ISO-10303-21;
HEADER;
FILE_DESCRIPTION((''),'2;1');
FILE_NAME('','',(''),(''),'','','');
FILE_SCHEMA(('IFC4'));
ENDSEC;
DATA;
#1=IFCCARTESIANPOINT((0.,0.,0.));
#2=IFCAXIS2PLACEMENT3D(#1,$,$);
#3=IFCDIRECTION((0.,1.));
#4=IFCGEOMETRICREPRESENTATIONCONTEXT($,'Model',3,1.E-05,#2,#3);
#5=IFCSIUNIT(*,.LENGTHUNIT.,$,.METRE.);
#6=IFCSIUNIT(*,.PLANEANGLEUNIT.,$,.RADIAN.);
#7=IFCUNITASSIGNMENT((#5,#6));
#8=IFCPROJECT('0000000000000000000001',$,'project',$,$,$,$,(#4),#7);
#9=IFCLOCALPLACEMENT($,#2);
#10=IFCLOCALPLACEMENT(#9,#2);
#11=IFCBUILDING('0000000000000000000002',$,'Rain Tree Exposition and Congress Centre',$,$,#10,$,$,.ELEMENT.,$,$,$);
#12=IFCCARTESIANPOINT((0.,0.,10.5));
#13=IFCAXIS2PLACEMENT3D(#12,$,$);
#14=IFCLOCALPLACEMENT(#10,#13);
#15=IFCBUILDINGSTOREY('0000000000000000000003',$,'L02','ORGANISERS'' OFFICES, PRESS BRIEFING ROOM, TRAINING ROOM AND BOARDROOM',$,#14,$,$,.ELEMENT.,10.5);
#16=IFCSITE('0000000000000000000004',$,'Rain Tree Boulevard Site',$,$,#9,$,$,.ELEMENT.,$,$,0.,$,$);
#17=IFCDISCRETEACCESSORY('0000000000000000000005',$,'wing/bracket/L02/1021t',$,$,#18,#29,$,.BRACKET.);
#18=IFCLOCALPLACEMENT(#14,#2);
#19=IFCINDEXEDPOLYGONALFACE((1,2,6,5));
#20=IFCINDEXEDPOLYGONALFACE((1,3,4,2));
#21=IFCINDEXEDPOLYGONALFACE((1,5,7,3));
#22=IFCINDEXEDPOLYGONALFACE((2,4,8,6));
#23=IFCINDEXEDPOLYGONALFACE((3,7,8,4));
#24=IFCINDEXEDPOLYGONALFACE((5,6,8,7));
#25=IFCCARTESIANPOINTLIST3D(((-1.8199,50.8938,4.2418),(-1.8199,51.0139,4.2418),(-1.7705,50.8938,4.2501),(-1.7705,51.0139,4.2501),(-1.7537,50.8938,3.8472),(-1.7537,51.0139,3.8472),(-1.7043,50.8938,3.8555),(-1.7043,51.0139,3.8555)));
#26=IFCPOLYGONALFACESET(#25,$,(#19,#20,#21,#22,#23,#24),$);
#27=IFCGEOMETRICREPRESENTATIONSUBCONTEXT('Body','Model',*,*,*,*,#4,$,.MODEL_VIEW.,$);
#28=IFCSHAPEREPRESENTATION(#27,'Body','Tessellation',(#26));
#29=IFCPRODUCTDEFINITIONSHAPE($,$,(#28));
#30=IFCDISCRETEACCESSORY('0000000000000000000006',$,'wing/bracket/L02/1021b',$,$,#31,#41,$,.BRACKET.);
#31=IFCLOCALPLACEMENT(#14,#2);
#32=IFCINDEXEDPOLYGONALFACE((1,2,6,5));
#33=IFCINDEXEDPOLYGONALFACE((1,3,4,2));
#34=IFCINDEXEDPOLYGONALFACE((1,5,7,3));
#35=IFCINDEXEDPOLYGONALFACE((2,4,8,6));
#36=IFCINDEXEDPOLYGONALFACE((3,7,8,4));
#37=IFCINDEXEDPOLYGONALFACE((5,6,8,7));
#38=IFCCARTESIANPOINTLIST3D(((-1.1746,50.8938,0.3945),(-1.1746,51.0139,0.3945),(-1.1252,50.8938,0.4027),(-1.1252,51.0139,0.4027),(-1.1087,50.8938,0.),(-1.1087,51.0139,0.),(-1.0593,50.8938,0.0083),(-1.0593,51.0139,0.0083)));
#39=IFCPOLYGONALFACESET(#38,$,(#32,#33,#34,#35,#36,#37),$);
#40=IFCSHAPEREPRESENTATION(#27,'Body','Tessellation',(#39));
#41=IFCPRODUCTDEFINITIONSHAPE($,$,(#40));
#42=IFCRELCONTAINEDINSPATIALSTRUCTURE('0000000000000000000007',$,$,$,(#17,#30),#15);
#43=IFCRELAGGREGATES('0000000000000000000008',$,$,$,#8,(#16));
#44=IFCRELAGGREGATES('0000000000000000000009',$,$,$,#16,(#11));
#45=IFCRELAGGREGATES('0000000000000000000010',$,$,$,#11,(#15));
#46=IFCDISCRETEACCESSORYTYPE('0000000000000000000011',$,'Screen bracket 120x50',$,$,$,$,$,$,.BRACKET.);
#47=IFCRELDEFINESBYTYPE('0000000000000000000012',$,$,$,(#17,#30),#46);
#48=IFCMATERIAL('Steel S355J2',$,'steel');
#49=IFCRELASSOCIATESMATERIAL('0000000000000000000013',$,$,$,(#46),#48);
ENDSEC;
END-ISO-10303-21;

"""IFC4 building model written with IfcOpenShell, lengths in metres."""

from ifc_helpers import new_model, si_unit, direction, frame, origin, origin_2d, place, context, subcontext, project, spatial, rectangle, extrude, material, material_profile, profile_set, type_object, element, save


model = new_model("IFC4")

# Units and contexts
model_context = context("Model", 3, precision=1e-05, world=origin(), true_north=direction((0.0, 1.0)))
body_context = subcontext(model_context, "Body", "Model", "MODEL_VIEW")
ifc_project = project(units=[si_unit("LENGTHUNIT", "METRE"), si_unit("PLANEANGLEUNIT", "RADIAN")], contexts=[model_context])

# Site, building, storey
site_placement = place(None, origin())
site = spatial("IfcSite", under=ifc_project, at=site_placement, Name="Rain Tree Boulevard Site", CompositionType="ELEMENT", RefElevation=0.0)
building_placement = place(site_placement, origin())
building = spatial("IfcBuilding", under=site, at=building_placement, Name="Rain Tree Exposition and Congress Centre", CompositionType="ELEMENT")
storey_placement = place(building_placement, frame((0.0, 0.0, 10.5)))
storey = spatial("IfcBuildingStorey", under=building, at=storey_placement, Name="L02", Description="ORGANISERS' OFFICES, PRESS BRIEFING ROOM, TRAINING ROOM AND BOARDROOM", CompositionType="ELEMENT", Elevation=10.5)

# Discrete accessories
ifc_material_1 = material(Name="Steel S355J2", Category="steel")
ifc_material_profile_1 = material_profile(ifc_material_1, rectangle(XDim=0.1201, YDim=0.05, at=origin_2d()), Name="Flat bar 120x50")
ifc_profile_set_1 = profile_set([ifc_material_profile_1], Name="Steel S355J2")
discrete_accessory_type = type_object("IfcDiscreteAccessoryType", Name="Screen bracket 120x50", PredefinedType="BRACKET", material=ifc_profile_set_1)
for number, where, z_axis, x_axis, name in (
    (1, (-1.729, 50.9539, 3.8513), (-0.165389, 0.0, 0.986228), (0.0, -1.0, 0.0), "wing/bracket/L02/1021t"),
):
    element("IfcDiscreteAccessory", number, at=place(storey_placement, frame(where, z_axis=z_axis, x_axis=x_axis)), inside=storey, type_object=discrete_accessory_type, Name=name, PredefinedType="BRACKET", context=body_context, shape_type="SweptSolid", body=[
        extrude(rectangle(XDim=0.1201, YDim=0.05, at=origin_2d()), origin(), (0.0, 0.0, 1.0), 0.4001),
    ])
discrete_accessory_1_placement = place(storey_placement, frame((-1.084, 50.9539, 0.0042), z_axis=(-0.164795, 0.0, 0.986328), x_axis=(0.0, -1.0, 0.0)))
element("IfcDiscreteAccessory", 2, at=discrete_accessory_1_placement, inside=storey, type_object=discrete_accessory_type, Name="wing/bracket/L02/1021b", PredefinedType="BRACKET", context=body_context, shape_type="SweptSolid", body=[
    extrude(rectangle(XDim=0.1201, YDim=0.05, at=origin_2d()), origin(), (0.0, 0.0, 1.0), 0.3999),
])

save(model, "model.ifc")
